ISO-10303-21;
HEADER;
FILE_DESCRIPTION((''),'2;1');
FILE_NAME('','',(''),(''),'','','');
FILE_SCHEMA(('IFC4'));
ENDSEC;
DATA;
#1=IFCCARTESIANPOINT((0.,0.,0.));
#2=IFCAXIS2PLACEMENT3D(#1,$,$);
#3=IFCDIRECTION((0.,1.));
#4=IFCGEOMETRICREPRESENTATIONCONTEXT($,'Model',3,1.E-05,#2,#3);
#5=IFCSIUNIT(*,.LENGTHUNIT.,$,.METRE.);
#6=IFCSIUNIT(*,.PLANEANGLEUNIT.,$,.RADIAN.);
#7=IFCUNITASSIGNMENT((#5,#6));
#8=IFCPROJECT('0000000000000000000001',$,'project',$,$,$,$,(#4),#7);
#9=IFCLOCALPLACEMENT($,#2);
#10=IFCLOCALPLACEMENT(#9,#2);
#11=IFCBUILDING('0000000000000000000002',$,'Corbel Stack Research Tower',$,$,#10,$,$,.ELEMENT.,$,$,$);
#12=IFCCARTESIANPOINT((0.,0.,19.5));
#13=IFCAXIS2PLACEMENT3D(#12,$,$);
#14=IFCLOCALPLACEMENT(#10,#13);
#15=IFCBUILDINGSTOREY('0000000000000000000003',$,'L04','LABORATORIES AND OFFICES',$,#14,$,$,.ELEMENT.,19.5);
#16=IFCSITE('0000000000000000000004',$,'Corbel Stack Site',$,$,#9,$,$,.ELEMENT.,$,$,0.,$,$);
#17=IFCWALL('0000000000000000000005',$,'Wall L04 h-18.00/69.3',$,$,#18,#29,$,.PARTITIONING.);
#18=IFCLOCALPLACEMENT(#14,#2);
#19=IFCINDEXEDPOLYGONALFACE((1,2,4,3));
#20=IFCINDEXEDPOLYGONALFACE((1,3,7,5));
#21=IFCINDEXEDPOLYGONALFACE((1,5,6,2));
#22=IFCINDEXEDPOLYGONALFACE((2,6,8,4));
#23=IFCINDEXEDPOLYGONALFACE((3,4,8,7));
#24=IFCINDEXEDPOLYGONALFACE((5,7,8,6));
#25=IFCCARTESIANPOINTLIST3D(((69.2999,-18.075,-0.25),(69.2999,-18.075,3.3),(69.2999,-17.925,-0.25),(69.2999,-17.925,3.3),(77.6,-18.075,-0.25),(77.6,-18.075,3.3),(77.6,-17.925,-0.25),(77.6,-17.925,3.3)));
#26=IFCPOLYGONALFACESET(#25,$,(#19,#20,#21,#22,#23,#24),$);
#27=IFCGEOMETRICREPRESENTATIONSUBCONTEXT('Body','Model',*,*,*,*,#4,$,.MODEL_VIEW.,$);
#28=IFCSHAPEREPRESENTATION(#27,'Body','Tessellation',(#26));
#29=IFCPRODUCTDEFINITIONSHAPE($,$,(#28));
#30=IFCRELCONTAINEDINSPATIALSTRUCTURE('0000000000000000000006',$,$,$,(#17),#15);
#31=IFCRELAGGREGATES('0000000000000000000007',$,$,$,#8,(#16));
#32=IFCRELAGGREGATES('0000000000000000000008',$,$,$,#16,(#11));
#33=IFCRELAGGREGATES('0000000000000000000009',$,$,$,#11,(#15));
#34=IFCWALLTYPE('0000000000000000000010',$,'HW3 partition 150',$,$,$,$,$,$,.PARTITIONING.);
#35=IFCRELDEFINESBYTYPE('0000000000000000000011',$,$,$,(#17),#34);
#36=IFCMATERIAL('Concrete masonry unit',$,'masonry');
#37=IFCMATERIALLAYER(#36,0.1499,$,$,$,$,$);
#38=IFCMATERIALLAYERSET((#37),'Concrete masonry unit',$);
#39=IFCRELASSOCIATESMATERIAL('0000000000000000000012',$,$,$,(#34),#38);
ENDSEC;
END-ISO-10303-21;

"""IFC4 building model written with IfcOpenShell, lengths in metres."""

from ifc_helpers import new_model, si_unit, direction, frame, frame_2d, origin, place, context, subcontext, project, spatial, rectangle, extrude, material, layer, layer_set, type_object, element, save


model = new_model("IFC4")

# Units and contexts
model_context = context("Model", 3, precision=1e-05, world=origin(), true_north=direction((0.0, 1.0)))
body_context = subcontext(model_context, "Body", "Model", "MODEL_VIEW")
ifc_project = project(units=[si_unit("LENGTHUNIT", "METRE"), si_unit("PLANEANGLEUNIT", "RADIAN")], contexts=[model_context])

# Site, building, storey
site_placement = place(None, origin())
site = spatial("IfcSite", under=ifc_project, at=site_placement, Name="Corbel Stack Site", CompositionType="ELEMENT", RefElevation=0.0)
building_placement = place(site_placement, origin())
building = spatial("IfcBuilding", under=site, at=building_placement, Name="Corbel Stack Research Tower", CompositionType="ELEMENT")
storey_placement = place(building_placement, frame((0.0, 0.0, 19.5)))
storey = spatial("IfcBuildingStorey", under=building, at=storey_placement, Name="L04", Description="LABORATORIES AND OFFICES", CompositionType="ELEMENT", Elevation=19.5)

# Wall
ifc_material_1 = material(Name="Concrete masonry unit", Category="masonry")
ifc_layer = layer(ifc_material_1, 0.1499)
ifc_layer_set = layer_set([ifc_layer], Name="Concrete masonry unit")
wall_type = type_object("IfcWallType", Name="HW3 partition 150", PredefinedType="PARTITIONING", material=ifc_layer_set)
wall_placement = place(storey_placement, frame((69.3, -18.0, -0.25), z_axis=(0.0, 0.0, 1.0), x_axis=(1.0, 0.0, 0.0)))
element("IfcWall", 1, at=wall_placement, inside=storey, type_object=wall_type, Name="Wall L04 h-18.00/69.3", PredefinedType="PARTITIONING", context=body_context, shape_type="SweptSolid", body=[
    extrude(rectangle(XDim=8.3, YDim=0.1499, at=frame_2d((4.1499, 0.0))), origin(), (0.0, 0.0, 1.0), 3.55),
])

save(model, "model.ifc")
